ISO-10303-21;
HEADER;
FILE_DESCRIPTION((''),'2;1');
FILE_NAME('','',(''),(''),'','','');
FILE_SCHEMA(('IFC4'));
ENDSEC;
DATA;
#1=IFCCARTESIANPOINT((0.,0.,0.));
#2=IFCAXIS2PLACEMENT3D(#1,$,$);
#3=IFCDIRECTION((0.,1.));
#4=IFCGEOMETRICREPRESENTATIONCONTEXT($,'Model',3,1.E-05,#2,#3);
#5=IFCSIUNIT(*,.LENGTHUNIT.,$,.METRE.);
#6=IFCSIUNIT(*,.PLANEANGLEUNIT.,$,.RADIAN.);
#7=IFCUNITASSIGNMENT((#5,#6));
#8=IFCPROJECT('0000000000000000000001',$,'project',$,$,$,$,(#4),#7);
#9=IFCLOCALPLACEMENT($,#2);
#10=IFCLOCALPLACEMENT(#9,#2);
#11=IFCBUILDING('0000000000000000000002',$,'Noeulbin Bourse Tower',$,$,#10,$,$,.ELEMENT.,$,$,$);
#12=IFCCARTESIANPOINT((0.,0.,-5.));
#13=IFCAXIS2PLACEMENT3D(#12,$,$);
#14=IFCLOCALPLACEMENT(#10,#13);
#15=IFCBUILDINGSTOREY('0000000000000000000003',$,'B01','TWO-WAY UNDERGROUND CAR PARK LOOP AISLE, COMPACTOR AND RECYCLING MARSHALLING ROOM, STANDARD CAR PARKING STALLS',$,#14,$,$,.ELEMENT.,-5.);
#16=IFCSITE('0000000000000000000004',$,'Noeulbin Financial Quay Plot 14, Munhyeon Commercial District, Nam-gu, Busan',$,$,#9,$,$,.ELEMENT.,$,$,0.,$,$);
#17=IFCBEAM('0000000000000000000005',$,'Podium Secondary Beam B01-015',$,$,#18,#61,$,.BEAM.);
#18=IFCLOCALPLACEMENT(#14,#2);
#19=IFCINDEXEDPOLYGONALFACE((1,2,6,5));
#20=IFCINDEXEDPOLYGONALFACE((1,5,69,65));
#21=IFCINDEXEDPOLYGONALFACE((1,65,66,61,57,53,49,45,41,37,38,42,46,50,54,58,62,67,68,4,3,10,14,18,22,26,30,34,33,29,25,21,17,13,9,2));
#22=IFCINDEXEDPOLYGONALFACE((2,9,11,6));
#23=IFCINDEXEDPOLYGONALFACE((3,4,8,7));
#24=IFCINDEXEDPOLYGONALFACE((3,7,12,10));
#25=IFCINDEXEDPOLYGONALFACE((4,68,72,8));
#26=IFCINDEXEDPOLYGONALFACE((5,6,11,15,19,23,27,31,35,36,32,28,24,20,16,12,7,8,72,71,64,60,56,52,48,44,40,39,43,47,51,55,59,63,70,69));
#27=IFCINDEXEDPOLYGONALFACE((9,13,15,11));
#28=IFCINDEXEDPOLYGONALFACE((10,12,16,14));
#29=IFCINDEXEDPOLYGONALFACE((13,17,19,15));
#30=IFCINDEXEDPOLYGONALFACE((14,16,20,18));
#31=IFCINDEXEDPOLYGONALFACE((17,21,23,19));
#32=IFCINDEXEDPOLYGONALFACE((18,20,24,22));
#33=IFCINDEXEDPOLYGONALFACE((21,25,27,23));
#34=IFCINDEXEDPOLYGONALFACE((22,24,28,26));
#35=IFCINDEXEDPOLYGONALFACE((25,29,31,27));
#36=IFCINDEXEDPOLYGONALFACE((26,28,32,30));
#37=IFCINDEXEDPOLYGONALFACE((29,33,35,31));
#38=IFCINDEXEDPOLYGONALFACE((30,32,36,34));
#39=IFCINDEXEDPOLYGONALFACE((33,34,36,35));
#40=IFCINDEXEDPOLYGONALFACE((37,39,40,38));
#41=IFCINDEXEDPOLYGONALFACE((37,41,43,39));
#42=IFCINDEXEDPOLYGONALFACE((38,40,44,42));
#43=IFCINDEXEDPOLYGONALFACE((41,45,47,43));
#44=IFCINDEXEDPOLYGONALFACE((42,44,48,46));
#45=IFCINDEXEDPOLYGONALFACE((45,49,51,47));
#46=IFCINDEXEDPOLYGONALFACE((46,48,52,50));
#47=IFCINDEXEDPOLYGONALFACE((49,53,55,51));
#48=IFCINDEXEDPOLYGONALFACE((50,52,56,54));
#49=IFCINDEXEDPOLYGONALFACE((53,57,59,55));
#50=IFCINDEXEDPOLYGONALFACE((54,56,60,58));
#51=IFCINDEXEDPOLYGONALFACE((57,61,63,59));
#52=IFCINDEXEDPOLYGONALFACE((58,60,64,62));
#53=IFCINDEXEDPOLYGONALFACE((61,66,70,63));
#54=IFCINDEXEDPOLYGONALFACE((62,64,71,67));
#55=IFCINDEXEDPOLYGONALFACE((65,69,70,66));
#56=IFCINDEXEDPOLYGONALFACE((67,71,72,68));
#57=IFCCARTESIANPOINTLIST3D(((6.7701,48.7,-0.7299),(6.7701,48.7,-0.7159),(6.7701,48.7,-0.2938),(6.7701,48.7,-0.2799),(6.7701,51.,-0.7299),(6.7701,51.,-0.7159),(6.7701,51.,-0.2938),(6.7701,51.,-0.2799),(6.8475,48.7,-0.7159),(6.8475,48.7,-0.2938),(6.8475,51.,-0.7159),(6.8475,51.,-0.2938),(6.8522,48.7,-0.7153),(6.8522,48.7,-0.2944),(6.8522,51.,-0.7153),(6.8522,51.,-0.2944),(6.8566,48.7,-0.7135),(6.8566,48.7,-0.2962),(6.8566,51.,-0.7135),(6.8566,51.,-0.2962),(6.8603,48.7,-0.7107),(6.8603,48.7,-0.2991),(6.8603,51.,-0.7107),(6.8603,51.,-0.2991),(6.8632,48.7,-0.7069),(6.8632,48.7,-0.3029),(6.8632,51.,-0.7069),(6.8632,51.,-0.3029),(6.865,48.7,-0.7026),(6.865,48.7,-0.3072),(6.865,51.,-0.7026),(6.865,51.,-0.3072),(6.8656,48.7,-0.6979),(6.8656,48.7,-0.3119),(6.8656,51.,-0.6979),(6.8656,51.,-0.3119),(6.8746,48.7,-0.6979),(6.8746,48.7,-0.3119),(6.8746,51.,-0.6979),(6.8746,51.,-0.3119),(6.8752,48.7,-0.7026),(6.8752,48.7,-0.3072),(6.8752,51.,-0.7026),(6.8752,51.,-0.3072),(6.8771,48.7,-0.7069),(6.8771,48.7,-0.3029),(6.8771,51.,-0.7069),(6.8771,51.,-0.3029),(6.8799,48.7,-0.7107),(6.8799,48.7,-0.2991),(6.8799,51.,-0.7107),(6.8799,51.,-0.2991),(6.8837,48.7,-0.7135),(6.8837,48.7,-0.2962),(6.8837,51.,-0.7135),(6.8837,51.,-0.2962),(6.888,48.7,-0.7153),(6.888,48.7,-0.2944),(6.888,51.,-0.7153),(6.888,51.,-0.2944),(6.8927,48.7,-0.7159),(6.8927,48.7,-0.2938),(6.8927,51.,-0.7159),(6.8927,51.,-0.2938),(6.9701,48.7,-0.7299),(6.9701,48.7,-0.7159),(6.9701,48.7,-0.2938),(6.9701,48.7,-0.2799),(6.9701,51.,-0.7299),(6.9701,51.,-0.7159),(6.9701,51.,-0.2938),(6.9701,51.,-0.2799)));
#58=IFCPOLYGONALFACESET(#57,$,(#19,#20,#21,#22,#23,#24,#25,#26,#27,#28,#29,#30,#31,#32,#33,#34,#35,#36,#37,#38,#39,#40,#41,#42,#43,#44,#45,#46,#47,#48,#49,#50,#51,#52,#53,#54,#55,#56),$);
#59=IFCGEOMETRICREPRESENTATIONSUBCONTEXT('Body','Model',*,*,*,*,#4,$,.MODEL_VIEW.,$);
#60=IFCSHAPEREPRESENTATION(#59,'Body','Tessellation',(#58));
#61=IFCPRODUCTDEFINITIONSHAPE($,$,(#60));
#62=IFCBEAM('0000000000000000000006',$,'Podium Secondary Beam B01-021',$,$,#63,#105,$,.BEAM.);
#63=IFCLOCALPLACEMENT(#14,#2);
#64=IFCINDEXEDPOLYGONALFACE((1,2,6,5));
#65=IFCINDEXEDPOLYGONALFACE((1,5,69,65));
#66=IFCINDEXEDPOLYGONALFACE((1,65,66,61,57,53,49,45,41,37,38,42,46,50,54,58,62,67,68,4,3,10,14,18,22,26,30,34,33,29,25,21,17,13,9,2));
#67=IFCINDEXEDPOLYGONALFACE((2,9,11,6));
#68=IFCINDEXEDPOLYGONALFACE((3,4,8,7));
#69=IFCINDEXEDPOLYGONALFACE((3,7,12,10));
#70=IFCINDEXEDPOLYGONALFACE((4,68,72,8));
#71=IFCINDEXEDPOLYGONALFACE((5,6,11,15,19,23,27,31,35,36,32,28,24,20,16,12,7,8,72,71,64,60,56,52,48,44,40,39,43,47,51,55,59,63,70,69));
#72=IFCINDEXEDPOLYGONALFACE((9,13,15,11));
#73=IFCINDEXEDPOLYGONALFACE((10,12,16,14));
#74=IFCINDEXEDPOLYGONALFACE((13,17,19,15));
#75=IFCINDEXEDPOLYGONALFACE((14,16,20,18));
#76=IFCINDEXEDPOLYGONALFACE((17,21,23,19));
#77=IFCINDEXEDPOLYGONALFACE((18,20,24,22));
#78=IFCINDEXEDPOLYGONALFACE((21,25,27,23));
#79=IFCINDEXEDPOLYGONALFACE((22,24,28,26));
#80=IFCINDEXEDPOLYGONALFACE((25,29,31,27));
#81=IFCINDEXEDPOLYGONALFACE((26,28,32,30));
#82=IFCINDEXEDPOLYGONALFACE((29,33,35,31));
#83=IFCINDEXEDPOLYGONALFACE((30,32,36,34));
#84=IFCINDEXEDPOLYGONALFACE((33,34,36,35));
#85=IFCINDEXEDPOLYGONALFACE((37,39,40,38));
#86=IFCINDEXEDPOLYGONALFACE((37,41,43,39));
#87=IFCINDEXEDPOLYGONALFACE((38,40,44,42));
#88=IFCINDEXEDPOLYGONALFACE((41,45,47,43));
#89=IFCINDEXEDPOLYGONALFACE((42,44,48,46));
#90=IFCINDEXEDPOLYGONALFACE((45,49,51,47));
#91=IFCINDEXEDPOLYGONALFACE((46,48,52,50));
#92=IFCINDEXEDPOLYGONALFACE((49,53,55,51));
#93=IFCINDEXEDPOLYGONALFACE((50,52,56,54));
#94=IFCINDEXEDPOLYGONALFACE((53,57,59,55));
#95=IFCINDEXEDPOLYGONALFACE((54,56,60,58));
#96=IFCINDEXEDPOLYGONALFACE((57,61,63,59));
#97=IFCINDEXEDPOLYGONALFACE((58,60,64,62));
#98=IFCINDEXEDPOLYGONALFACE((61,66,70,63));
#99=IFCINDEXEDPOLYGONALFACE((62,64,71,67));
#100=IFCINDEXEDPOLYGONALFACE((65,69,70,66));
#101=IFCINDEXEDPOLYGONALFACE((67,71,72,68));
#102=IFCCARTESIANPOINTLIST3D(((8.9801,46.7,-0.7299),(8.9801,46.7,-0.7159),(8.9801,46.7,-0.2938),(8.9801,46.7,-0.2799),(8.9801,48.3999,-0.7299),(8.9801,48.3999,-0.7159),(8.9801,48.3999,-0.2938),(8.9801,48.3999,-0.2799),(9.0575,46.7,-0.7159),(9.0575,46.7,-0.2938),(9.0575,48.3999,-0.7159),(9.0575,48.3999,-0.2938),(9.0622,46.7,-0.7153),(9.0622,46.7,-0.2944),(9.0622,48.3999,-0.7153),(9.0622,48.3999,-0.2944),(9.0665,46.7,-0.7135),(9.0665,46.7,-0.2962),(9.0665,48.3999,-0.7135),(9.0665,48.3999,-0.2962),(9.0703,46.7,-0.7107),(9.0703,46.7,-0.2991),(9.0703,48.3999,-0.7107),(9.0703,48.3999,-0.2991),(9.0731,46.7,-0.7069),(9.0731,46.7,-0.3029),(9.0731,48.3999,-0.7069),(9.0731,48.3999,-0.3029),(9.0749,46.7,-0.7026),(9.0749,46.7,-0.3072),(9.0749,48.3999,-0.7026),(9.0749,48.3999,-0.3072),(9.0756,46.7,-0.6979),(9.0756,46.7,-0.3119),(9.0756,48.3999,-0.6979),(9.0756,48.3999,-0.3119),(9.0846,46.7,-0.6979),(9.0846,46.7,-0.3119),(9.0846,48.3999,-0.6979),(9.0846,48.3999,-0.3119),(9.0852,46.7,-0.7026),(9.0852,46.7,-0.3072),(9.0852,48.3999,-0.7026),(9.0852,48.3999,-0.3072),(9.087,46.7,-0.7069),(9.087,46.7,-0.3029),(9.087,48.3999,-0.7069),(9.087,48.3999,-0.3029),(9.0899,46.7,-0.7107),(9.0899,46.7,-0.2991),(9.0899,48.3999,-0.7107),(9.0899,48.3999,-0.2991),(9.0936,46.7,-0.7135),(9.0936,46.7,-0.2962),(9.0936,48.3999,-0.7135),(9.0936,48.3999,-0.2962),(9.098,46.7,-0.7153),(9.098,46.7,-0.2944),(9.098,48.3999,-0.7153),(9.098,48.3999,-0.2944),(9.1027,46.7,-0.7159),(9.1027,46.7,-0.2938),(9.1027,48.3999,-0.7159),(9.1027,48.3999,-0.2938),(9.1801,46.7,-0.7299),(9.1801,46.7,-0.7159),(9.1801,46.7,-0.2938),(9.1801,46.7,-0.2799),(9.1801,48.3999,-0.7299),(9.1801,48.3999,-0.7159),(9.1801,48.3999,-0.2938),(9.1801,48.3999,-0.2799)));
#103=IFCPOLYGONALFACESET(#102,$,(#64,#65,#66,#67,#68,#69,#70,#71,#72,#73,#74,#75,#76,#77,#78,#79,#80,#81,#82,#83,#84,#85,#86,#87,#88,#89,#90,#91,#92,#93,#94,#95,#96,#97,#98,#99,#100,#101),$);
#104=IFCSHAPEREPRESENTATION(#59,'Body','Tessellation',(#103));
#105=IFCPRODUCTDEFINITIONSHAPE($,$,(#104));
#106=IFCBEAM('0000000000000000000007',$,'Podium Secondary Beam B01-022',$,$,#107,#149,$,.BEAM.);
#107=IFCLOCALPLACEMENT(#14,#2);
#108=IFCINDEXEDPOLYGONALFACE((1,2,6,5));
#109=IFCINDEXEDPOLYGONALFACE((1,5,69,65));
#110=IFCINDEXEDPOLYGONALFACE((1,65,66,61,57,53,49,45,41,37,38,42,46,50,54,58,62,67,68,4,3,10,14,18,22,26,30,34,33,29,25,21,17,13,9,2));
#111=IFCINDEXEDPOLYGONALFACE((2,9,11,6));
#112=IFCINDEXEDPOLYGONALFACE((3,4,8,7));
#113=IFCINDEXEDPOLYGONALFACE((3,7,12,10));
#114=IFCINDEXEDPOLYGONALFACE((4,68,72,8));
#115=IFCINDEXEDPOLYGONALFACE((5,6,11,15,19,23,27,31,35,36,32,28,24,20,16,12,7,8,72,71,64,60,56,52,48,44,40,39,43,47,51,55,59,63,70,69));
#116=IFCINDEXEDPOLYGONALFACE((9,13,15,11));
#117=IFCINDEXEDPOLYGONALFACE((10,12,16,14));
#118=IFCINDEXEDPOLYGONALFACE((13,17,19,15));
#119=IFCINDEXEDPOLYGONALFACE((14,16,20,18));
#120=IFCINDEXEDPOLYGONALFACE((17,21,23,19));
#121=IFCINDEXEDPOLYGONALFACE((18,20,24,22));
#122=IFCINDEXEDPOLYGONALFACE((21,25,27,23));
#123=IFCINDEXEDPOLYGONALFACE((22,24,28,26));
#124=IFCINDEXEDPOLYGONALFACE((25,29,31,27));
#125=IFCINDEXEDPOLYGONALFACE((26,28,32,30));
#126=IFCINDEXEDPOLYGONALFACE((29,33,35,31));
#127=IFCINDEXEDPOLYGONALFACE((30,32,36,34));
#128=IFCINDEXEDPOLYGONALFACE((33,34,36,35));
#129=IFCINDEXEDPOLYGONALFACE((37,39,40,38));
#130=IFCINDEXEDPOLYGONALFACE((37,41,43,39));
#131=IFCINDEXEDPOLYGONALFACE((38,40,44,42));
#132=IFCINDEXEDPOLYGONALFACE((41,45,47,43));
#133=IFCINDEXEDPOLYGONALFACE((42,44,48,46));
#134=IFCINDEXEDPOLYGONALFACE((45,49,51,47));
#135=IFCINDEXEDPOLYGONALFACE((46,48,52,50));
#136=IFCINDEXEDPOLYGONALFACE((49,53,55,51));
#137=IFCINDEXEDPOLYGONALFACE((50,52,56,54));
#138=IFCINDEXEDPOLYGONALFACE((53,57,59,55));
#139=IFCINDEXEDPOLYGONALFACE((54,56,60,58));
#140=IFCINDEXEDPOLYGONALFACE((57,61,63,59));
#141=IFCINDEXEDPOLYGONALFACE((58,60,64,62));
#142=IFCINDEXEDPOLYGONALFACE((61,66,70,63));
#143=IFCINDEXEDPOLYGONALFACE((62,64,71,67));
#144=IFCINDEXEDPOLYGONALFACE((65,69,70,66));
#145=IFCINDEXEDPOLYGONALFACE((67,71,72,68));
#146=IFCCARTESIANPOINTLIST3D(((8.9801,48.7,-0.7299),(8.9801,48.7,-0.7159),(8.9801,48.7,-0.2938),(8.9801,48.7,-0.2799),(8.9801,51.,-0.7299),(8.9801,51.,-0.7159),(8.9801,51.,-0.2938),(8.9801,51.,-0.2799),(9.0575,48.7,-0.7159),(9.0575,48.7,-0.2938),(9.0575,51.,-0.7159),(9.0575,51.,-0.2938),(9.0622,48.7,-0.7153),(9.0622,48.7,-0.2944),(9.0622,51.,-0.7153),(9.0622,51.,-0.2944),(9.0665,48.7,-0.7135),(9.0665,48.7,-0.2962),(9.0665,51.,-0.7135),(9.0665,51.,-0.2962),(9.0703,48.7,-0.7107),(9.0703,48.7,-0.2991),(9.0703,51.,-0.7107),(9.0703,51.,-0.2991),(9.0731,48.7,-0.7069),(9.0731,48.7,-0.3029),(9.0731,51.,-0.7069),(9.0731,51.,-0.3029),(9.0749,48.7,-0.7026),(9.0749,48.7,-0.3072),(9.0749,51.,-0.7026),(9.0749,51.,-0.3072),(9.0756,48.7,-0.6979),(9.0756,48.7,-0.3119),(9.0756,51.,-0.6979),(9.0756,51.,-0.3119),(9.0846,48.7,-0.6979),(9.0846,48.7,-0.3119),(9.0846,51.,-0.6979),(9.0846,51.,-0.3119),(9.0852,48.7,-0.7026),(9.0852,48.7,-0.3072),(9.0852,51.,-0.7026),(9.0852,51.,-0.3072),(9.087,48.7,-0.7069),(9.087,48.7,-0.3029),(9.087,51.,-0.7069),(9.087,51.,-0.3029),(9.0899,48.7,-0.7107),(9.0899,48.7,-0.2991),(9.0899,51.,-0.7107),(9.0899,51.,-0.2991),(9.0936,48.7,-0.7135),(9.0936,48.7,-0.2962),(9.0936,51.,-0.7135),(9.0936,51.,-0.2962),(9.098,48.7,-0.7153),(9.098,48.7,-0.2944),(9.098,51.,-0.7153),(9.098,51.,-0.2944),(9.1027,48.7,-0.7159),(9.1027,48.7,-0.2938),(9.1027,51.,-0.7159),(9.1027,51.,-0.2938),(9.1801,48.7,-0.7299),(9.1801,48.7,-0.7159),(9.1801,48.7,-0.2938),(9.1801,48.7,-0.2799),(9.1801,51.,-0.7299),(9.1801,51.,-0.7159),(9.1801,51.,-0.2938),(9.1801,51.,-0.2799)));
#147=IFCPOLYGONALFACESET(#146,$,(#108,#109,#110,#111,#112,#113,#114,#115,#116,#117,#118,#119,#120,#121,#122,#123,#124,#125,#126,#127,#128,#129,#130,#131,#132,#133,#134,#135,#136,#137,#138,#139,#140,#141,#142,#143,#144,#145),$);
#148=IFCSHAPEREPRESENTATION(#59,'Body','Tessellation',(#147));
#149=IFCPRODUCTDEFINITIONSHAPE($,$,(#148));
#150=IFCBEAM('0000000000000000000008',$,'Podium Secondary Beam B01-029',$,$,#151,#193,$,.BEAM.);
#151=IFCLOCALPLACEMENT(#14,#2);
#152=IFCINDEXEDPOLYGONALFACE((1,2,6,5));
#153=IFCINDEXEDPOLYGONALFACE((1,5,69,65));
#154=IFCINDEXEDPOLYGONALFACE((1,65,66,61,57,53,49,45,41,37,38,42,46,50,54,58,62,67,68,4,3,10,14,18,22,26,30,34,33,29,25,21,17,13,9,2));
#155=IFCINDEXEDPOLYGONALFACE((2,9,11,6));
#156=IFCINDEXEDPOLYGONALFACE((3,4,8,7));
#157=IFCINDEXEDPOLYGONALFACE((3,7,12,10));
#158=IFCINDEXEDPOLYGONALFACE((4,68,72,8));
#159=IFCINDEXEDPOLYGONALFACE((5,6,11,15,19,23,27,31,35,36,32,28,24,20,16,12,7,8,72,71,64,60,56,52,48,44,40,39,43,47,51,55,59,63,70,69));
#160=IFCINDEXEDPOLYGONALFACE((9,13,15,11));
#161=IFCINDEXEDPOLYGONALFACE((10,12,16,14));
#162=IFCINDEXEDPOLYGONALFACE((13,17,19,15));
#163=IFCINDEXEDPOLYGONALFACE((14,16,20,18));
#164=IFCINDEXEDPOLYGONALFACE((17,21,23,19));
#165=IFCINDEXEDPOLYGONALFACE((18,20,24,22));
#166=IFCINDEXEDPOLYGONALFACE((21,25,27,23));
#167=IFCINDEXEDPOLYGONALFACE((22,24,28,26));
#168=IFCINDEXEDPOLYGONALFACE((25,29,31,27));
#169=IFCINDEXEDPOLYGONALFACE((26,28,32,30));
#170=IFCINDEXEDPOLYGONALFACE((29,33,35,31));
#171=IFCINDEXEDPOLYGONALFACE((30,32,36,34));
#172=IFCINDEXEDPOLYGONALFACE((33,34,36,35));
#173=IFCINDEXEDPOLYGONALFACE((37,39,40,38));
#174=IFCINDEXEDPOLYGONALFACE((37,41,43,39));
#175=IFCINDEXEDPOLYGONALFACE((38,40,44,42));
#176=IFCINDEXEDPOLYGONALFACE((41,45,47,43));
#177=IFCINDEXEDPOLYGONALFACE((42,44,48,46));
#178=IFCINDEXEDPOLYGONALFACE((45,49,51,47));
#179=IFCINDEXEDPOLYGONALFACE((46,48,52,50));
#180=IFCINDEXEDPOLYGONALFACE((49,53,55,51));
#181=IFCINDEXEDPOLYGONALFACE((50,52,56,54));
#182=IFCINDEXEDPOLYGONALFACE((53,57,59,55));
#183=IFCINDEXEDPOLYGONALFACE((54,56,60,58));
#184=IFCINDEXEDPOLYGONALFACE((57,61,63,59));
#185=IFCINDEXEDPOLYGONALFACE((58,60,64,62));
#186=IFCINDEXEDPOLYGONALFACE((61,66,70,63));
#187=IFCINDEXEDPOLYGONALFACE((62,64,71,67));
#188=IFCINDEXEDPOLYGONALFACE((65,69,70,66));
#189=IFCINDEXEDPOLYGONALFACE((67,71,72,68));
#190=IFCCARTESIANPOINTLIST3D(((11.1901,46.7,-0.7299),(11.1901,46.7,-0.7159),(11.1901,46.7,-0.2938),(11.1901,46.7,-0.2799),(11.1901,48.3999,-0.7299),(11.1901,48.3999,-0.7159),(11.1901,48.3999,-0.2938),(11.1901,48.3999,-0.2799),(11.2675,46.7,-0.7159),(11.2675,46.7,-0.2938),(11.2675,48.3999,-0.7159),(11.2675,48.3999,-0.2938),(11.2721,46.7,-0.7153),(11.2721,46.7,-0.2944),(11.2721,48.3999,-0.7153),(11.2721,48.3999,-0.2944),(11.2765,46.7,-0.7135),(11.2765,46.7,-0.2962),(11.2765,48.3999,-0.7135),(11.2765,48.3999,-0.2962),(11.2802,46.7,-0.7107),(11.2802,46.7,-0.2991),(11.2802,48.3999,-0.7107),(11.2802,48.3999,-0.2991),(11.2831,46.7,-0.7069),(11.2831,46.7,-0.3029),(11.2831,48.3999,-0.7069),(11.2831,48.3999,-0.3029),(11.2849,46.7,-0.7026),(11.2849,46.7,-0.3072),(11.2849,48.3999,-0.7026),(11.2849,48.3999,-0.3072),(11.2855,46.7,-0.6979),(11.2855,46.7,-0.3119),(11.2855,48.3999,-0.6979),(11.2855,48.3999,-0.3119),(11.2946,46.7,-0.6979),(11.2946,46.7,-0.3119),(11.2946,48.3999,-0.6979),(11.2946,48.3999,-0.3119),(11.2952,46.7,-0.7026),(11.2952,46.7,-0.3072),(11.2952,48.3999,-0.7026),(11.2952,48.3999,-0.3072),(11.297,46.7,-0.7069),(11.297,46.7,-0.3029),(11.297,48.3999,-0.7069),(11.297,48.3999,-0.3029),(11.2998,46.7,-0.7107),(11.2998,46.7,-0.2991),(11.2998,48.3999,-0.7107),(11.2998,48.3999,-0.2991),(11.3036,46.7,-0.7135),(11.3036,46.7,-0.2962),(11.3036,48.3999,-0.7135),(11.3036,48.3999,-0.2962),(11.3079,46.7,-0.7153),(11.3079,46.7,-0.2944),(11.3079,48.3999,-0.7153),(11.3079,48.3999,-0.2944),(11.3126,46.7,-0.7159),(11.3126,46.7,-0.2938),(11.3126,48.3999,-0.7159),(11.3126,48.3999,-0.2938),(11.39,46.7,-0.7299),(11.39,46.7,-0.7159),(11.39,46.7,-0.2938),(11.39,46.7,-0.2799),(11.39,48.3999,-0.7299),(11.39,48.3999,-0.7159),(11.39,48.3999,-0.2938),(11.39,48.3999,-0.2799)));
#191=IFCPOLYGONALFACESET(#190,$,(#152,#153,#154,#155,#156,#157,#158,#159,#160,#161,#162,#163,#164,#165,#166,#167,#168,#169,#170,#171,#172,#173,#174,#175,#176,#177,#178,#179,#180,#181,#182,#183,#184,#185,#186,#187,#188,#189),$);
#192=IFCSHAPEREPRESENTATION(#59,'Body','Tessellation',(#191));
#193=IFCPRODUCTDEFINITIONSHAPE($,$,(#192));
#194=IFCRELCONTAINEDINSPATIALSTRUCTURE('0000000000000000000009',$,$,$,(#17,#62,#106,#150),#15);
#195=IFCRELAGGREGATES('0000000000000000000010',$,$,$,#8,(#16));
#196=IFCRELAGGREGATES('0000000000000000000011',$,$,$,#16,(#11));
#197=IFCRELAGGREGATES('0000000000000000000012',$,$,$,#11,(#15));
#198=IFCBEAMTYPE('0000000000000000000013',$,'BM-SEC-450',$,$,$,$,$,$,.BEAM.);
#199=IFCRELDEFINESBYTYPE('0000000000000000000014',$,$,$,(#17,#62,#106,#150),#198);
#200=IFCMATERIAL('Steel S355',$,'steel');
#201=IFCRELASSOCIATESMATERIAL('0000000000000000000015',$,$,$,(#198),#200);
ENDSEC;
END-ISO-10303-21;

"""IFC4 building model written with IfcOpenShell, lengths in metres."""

from ifc_helpers import new_model, si_unit, direction, frame, origin, origin_2d, place, context, subcontext, project, spatial, i_section, extrude, material, material_profile, profile_set, type_object, element, save


model = new_model("IFC4")

# Units and contexts
model_context = context("Model", 3, precision=1e-05, world=origin(), true_north=direction((0.0, 1.0)))
body_context = subcontext(model_context, "Body", "Model", "MODEL_VIEW")
ifc_project = project(units=[si_unit("LENGTHUNIT", "METRE"), si_unit("PLANEANGLEUNIT", "RADIAN")], contexts=[model_context])

# Site, building, storey
site_placement = place(None, origin())
site = spatial("IfcSite", under=ifc_project, at=site_placement, Name="Noeulbin Financial Quay Plot 14, Munhyeon Commercial District, Nam-gu, Busan", CompositionType="ELEMENT", RefElevation=0.0)
building_placement = place(site_placement, origin())
building = spatial("IfcBuilding", under=site, at=building_placement, Name="Noeulbin Bourse Tower", CompositionType="ELEMENT")
storey_placement = place(building_placement, frame((0.0, 0.0, -5.0)))
storey = spatial("IfcBuildingStorey", under=building, at=storey_placement, Name="B01", Description="TWO-WAY UNDERGROUND CAR PARK LOOP AISLE, COMPACTOR AND RECYCLING MARSHALLING ROOM, STANDARD CAR PARKING STALLS", CompositionType="ELEMENT", Elevation=-5.0)

# Beams
ifc_material_1 = material(Name="Steel S355", Category="steel")
ifc_material_profile_1 = material_profile(ifc_material_1, i_section(OverallWidth=0.2, OverallDepth=0.45, WebThickness=0.009, FlangeThickness=0.0139, FilletRadius=0.0181, at=origin_2d()), Name="H-450x200x9x14", Category="LoadBearing")
ifc_profile_set_1 = profile_set([ifc_material_profile_1], Name="Steel S355")
beam_type_1 = type_object("IfcBeamType", Name="BM-SEC-450", PredefinedType="BEAM", material=ifc_profile_set_1)
beam_1_placement = place(storey_placement, frame((6.8701, 48.7, -0.5049), z_axis=(0.0, 1.0, 0.0), x_axis=(-1.0, 0.0, 0.0)))
element("IfcBeam", 1, at=beam_1_placement, inside=storey, type_object=beam_type_1, Name="Podium Secondary Beam B01-015", PredefinedType="BEAM", context=body_context, shape_type="SweptSolid", body=[
    extrude(i_section(OverallWidth=0.2, OverallDepth=0.45, WebThickness=0.009, FlangeThickness=0.0139, FilletRadius=0.0181, at=origin_2d()), origin(), (0.0, 0.0, 1.0), 2.3),
])
beam_2_placement = place(storey_placement, frame((9.0801, 46.7, -0.5049), z_axis=(0.0, 1.0, 0.0), x_axis=(-1.0, 0.0, 0.0)))
element("IfcBeam", 2, at=beam_2_placement, inside=storey, type_object=beam_type_1, Name="Podium Secondary Beam B01-021", PredefinedType="BEAM", context=body_context, shape_type="SweptSolid", body=[
    extrude(i_section(OverallWidth=0.2, OverallDepth=0.45, WebThickness=0.009, FlangeThickness=0.0139, FilletRadius=0.0181, at=origin_2d()), origin(), (0.0, 0.0, 1.0), 1.7),
])
beam_3_placement = place(storey_placement, frame((9.0801, 48.7, -0.5049), z_axis=(0.0, 1.0, 0.0), x_axis=(-1.0, 0.0, 0.0)))
element("IfcBeam", 3, at=beam_3_placement, inside=storey, type_object=beam_type_1, Name="Podium Secondary Beam B01-022", PredefinedType="BEAM", context=body_context, shape_type="SweptSolid", body=[
    extrude(i_section(OverallWidth=0.2, OverallDepth=0.45, WebThickness=0.009, FlangeThickness=0.0139, FilletRadius=0.0181, at=origin_2d()), origin(), (0.0, 0.0, 1.0), 2.3),
])
beam_4_placement = place(storey_placement, frame((11.29, 46.7, -0.5049), z_axis=(0.0, 1.0, 0.0), x_axis=(-1.0, 0.0, 0.0)))
element("IfcBeam", 4, at=beam_4_placement, inside=storey, type_object=beam_type_1, Name="Podium Secondary Beam B01-029", PredefinedType="BEAM", context=body_context, shape_type="SweptSolid", body=[
    extrude(i_section(OverallWidth=0.2, OverallDepth=0.45, WebThickness=0.009, FlangeThickness=0.0139, FilletRadius=0.0181, at=origin_2d()), origin(), (0.0, 0.0, 1.0), 1.7),
])

save(model, "model.ifc")
